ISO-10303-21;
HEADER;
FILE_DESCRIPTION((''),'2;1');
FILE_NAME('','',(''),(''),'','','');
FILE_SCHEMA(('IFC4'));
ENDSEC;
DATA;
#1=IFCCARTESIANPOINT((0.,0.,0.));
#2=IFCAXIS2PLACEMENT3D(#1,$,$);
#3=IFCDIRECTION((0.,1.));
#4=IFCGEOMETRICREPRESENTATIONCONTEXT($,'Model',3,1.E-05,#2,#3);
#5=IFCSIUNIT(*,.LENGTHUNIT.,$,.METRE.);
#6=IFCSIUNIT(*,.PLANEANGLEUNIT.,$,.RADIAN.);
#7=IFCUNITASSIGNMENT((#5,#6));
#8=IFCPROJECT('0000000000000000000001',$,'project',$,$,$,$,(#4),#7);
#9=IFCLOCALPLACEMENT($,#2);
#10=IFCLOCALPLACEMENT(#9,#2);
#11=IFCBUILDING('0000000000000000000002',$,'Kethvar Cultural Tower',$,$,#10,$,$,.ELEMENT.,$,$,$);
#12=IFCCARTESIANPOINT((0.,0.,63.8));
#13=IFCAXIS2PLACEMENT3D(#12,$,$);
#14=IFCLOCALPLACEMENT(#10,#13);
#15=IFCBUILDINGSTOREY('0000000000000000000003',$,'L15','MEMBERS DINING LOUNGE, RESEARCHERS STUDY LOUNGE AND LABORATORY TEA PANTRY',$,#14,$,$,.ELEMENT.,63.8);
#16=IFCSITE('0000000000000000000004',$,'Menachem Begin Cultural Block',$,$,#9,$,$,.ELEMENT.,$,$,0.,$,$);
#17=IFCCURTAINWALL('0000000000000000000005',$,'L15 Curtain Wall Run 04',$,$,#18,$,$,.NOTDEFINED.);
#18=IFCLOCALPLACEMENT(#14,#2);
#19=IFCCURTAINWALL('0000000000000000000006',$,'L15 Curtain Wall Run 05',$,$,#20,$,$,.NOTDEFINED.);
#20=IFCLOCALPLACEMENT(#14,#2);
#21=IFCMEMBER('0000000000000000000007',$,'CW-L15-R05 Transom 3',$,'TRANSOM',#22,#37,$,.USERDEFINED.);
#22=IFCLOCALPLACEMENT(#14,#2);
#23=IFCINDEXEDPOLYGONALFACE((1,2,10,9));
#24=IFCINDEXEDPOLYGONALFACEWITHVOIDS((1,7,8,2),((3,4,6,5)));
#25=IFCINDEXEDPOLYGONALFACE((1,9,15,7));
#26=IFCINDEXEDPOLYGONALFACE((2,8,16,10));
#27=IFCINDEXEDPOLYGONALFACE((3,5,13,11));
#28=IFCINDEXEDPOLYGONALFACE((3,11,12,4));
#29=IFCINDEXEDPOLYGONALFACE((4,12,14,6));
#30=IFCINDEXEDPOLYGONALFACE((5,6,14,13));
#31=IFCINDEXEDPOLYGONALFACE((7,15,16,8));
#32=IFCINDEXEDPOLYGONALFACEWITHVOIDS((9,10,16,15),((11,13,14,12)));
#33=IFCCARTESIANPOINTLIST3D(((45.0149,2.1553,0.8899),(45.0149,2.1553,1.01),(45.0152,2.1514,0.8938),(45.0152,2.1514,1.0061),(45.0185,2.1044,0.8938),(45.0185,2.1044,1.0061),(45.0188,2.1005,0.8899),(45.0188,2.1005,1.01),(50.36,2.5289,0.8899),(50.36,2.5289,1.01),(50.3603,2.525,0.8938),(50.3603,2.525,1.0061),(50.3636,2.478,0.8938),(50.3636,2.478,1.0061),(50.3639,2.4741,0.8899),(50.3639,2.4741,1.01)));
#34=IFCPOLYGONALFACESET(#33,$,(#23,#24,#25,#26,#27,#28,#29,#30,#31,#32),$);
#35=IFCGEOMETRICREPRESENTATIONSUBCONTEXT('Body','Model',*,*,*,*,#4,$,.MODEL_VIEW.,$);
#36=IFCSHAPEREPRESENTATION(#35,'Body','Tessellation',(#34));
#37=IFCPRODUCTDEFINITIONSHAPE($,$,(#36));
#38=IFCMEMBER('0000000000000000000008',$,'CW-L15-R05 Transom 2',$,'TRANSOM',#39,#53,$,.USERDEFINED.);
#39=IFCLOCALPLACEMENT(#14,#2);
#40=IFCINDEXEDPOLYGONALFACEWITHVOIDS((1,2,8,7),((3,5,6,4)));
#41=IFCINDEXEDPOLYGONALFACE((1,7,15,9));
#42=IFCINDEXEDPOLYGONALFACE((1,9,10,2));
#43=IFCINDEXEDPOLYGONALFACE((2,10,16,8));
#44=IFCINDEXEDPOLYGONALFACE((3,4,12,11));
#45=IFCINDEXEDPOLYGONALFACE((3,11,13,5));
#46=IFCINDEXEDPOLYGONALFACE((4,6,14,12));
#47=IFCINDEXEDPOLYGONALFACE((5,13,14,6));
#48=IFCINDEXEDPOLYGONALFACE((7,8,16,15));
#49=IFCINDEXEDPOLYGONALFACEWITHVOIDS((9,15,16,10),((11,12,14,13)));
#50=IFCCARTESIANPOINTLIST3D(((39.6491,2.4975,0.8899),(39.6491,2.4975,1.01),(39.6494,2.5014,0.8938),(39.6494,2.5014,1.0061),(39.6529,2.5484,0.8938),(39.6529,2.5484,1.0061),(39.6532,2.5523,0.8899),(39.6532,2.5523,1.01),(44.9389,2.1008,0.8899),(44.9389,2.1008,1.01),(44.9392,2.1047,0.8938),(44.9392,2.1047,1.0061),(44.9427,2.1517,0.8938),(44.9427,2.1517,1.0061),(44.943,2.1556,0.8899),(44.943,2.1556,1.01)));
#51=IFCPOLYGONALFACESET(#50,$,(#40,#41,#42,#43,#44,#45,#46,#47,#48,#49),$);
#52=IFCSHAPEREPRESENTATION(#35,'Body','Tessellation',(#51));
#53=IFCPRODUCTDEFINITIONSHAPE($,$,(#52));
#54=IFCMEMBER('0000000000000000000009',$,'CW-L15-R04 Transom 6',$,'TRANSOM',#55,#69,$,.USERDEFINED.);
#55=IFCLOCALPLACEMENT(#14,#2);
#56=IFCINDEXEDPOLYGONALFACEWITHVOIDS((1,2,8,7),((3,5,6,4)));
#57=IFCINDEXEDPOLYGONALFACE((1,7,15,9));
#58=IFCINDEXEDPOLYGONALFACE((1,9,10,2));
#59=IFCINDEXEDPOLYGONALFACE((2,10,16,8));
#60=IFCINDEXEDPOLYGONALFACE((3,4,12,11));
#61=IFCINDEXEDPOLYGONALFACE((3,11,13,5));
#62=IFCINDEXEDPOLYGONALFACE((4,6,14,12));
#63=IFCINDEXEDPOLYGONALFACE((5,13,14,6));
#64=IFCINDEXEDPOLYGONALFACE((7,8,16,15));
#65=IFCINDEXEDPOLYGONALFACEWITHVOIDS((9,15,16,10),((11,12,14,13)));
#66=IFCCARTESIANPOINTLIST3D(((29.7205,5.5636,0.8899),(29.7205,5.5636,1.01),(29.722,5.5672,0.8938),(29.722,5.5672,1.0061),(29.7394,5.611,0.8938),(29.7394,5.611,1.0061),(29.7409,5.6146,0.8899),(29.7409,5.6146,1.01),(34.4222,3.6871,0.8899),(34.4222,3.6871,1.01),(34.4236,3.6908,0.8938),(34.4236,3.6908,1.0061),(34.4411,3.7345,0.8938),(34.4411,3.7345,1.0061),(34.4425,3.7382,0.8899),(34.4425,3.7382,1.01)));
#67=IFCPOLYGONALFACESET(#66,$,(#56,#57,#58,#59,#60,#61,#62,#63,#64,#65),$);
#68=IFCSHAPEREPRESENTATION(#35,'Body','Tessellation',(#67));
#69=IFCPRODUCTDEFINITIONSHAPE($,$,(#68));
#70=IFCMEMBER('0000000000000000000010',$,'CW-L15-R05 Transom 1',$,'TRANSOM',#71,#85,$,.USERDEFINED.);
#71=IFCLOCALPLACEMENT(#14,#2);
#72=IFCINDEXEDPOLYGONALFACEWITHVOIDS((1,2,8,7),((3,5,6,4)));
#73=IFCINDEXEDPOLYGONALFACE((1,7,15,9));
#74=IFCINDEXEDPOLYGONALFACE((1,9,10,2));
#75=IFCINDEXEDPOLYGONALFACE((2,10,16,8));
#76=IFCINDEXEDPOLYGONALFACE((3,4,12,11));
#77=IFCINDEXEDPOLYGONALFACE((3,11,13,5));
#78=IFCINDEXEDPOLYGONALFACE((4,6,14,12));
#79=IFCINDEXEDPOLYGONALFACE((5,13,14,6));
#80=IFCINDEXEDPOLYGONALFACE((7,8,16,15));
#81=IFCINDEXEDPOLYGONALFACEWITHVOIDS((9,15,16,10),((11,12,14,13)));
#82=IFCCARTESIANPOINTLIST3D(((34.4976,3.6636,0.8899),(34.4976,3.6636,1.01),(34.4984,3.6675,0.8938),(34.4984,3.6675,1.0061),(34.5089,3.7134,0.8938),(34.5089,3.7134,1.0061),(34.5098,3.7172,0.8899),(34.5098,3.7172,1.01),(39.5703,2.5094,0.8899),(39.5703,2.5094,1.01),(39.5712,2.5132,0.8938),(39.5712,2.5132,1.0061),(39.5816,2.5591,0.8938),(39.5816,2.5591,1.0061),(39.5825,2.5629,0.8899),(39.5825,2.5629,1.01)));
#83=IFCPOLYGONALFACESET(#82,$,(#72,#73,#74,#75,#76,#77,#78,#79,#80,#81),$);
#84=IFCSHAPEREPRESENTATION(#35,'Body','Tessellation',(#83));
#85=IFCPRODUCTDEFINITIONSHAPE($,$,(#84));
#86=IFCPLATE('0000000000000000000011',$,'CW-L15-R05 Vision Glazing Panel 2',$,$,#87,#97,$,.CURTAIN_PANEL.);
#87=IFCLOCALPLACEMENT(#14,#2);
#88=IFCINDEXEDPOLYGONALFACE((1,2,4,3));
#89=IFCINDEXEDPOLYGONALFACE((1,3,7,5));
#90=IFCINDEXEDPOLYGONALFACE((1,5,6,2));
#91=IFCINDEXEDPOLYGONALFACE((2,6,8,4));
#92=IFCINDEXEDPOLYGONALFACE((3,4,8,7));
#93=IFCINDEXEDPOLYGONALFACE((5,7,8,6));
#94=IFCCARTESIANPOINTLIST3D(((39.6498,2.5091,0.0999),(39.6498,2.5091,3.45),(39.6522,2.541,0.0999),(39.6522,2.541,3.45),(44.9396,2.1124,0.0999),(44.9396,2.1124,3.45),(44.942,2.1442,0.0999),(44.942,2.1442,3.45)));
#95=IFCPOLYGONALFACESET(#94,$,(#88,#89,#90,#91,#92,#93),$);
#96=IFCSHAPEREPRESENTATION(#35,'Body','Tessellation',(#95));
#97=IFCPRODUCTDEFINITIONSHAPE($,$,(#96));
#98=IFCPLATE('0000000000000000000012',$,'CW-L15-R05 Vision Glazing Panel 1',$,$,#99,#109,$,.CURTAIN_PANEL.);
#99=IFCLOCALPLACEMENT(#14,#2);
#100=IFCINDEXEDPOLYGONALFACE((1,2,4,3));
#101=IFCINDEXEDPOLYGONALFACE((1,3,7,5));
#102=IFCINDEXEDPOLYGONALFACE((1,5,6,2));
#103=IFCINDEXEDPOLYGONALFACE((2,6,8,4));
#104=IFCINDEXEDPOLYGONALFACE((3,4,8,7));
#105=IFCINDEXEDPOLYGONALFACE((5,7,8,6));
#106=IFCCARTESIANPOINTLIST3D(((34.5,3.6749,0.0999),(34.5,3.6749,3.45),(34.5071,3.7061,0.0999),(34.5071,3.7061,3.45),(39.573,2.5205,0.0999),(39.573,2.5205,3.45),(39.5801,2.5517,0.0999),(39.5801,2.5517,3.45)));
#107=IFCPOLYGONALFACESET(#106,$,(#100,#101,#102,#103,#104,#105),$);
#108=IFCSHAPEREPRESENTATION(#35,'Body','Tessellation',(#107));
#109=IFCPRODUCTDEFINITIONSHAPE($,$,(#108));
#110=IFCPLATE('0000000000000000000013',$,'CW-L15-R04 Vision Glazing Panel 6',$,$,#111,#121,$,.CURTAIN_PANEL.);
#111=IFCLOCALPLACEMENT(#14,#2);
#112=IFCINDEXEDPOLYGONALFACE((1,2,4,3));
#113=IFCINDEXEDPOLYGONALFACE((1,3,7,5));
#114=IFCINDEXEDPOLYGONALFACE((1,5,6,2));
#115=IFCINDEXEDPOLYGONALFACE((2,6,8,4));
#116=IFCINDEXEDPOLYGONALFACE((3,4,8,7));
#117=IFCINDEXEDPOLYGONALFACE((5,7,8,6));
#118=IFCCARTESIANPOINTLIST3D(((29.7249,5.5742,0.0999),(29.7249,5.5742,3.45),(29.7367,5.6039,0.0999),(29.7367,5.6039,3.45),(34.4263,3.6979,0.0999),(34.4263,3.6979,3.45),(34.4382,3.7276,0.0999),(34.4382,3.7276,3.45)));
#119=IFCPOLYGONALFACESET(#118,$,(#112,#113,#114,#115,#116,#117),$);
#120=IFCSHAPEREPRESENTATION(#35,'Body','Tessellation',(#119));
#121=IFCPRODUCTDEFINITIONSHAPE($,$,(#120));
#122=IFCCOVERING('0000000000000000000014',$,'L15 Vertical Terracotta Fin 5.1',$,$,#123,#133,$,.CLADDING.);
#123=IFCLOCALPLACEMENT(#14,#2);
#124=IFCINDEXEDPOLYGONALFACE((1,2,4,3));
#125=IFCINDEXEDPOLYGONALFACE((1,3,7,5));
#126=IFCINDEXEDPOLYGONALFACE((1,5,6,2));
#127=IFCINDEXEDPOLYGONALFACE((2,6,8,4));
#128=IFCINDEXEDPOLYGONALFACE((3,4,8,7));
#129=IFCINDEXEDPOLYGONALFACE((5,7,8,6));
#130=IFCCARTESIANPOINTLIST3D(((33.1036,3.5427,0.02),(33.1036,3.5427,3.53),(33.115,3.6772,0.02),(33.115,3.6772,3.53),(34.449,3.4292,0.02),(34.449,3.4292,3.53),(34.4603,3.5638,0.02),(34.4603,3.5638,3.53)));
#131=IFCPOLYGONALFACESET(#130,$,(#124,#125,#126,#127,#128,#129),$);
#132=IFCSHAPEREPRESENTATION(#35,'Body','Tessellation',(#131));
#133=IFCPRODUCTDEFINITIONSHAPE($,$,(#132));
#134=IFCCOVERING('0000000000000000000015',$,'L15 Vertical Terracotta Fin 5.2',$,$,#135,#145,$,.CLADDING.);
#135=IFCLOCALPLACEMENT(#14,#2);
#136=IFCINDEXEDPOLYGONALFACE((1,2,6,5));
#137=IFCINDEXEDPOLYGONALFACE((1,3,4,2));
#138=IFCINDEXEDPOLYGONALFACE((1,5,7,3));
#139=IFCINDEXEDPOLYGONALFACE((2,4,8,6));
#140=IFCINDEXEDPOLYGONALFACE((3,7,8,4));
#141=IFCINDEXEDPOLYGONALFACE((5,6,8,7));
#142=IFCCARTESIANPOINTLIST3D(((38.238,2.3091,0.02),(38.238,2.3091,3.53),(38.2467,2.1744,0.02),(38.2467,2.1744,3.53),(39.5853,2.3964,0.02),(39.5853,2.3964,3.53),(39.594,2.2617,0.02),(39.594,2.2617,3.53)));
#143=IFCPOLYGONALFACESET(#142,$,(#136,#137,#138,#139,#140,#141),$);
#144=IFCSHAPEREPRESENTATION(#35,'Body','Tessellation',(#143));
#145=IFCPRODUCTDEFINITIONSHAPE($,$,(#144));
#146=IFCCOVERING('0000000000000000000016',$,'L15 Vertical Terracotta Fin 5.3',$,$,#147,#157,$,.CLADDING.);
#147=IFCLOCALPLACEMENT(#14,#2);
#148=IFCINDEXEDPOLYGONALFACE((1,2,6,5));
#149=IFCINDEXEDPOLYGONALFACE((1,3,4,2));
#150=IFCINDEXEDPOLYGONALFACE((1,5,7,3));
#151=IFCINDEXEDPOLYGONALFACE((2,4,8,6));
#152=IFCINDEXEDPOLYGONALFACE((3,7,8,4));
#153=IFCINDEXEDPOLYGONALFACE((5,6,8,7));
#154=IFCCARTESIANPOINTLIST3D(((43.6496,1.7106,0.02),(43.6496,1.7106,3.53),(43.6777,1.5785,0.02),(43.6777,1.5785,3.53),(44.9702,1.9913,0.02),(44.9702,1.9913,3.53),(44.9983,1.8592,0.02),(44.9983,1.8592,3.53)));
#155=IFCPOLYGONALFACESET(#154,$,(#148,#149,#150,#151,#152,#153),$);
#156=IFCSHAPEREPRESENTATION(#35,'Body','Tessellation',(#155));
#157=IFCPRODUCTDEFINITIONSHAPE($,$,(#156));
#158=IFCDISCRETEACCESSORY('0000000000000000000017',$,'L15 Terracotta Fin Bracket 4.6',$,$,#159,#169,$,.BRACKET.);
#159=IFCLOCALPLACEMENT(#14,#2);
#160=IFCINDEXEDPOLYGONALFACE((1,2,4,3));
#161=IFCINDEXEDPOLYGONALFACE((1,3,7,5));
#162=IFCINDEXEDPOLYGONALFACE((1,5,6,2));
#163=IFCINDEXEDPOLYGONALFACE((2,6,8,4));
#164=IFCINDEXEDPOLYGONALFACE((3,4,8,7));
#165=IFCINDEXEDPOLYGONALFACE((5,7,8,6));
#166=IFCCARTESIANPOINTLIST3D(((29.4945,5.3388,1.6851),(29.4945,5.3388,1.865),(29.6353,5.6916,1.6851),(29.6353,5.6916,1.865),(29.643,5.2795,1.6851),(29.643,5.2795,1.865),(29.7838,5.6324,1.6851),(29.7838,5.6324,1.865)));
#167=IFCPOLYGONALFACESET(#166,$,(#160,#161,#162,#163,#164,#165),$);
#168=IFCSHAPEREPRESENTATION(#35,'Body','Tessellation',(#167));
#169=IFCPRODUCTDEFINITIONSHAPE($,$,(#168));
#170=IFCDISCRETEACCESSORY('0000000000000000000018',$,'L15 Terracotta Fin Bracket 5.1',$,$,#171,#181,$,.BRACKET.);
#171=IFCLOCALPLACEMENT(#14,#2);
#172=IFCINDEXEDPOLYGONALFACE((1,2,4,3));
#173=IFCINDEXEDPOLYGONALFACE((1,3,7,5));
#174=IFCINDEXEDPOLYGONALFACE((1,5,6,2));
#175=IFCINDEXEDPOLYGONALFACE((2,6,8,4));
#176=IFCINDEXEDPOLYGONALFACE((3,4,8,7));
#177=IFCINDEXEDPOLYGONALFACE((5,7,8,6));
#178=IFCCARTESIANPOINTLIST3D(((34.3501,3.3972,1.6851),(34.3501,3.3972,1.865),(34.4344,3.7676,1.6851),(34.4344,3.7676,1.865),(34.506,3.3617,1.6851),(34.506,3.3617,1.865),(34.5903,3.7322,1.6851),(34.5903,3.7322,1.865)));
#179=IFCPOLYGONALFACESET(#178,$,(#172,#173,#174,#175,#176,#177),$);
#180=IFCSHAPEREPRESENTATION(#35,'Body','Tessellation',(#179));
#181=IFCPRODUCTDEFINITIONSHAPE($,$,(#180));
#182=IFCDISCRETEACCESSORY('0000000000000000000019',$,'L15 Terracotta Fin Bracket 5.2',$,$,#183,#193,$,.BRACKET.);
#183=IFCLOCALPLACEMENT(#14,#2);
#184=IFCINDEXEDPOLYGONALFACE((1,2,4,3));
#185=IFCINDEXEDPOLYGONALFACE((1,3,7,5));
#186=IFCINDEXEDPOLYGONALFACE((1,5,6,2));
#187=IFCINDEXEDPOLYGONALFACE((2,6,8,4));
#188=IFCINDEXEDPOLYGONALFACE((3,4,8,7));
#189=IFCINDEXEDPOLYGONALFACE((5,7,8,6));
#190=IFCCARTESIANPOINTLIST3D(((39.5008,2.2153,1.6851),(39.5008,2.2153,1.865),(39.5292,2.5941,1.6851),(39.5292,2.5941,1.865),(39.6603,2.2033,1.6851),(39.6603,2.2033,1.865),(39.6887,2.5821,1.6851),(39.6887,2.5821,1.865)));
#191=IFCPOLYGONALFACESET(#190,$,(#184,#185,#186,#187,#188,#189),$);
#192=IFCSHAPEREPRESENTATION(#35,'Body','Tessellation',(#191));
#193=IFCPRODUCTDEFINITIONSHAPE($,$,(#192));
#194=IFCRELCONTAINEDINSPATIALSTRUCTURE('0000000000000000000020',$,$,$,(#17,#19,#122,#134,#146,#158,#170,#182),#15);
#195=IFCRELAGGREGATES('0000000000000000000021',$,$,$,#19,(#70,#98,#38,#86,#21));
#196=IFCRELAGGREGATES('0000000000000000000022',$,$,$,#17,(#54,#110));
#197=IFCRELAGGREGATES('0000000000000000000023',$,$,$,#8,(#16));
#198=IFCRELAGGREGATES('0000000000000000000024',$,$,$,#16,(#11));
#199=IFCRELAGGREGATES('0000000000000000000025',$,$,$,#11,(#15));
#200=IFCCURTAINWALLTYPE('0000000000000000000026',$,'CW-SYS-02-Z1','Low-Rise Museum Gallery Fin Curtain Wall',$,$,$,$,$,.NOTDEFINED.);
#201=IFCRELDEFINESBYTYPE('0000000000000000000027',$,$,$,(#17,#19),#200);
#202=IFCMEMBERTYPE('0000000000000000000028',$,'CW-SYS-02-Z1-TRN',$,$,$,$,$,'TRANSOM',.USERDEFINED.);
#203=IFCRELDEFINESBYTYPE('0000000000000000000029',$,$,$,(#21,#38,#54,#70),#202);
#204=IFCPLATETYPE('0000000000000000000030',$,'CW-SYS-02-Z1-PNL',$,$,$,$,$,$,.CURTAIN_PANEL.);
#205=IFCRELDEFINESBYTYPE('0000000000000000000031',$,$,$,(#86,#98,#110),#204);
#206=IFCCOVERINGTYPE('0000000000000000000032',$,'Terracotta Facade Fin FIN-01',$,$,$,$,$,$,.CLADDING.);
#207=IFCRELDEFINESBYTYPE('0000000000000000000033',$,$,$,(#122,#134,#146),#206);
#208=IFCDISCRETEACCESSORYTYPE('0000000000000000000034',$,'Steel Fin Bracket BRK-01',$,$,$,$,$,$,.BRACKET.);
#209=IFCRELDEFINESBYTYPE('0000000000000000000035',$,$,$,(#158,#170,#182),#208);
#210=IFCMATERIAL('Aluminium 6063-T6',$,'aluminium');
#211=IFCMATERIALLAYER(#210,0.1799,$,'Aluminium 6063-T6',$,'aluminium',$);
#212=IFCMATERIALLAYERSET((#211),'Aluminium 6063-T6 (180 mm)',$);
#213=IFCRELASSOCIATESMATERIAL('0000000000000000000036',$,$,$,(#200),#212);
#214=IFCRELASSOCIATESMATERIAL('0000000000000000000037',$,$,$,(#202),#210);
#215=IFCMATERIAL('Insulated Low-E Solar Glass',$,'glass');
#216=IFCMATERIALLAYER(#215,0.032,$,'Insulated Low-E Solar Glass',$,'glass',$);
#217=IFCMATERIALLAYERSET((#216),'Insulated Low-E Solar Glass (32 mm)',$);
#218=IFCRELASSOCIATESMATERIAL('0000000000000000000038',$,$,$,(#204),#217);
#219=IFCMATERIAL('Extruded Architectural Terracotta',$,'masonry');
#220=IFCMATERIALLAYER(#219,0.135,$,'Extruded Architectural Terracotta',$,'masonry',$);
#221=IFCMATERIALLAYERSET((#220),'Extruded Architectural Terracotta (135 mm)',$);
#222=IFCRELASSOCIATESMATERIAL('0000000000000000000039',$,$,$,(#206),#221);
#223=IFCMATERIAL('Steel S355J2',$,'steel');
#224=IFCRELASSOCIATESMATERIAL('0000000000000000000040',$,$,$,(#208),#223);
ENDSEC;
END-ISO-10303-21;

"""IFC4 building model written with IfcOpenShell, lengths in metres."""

from ifc_helpers import new_model, si_unit, direction, frame, origin, origin_2d, place, context, subcontext, project, spatial, rectangle, hollow_rectangle, extrude, source, transform, mapped, material, layer, layer_set, material_profile, profile_set, type_object, element, aggregate, save


model = new_model("IFC4")

# Units and contexts
model_context = context("Model", 3, precision=1e-05, world=origin(), true_north=direction((0.0, 1.0)))
body_context = subcontext(model_context, "Body", "Model", "MODEL_VIEW")
ifc_project = project(units=[si_unit("LENGTHUNIT", "METRE"), si_unit("PLANEANGLEUNIT", "RADIAN")], contexts=[model_context])

# Site, building, storey
site_placement = place(None, origin())
site = spatial("IfcSite", under=ifc_project, at=site_placement, Name="Menachem Begin Cultural Block", CompositionType="ELEMENT", RefElevation=0.0)
building_placement = place(site_placement, origin())
building = spatial("IfcBuilding", under=site, at=building_placement, Name="Kethvar Cultural Tower", CompositionType="ELEMENT")
storey_placement = place(building_placement, frame((0.0, 0.0, 63.8)))
storey = spatial("IfcBuildingStorey", under=building, at=storey_placement, Name="L15", Description="MEMBERS DINING LOUNGE, RESEARCHERS STUDY LOUNGE AND LABORATORY TEA PANTRY", CompositionType="ELEMENT", Elevation=63.8)

# Shared definitions
ifc_material_1 = material(Name="Steel S355J2", Category="steel")

# Curtain walls, members
ifc_material_2 = material(Name="Aluminium 6063-T6", Category="aluminium")
ifc_layer_1 = layer(ifc_material_2, 0.1799, Name="Aluminium 6063-T6", Category="aluminium")
ifc_layer_set_1 = layer_set([ifc_layer_1], Name="Aluminium 6063-T6 (180 mm)")
curtain_wall_type = type_object("IfcCurtainWallType", Name="CW-SYS-02-Z1", Description="Low-Rise Museum Gallery Fin Curtain Wall", PredefinedType="NOTDEFINED", material=ifc_layer_set_1)
curtain_wall_1_placement = place(storey_placement, origin())
curtain_wall_1 = element("IfcCurtainWall", 1, at=curtain_wall_1_placement, inside=storey, type_object=curtain_wall_type, Name="L15 Curtain Wall Run 04", PredefinedType="NOTDEFINED")
curtain_wall_2_placement = place(storey_placement, origin())
curtain_wall_2 = element("IfcCurtainWall", 2, at=curtain_wall_2_placement, inside=storey, type_object=curtain_wall_type, Name="L15 Curtain Wall Run 05", PredefinedType="NOTDEFINED")
ifc_material_profile_1 = material_profile(ifc_material_2, hollow_rectangle(XDim=0.0549, YDim=0.1201, WallThickness=0.0039, at=origin_2d()), Name="Aluminium 6063-T6 — RHS120x55x4")
ifc_profile_set_1 = profile_set([ifc_material_profile_1], Name="Aluminium 6063-T6 — RHS120x55x4")
member_type_1 = type_object("IfcMemberType", Name="CW-SYS-02-Z1-TRN", ElementType="TRANSOM", PredefinedType="USERDEFINED", material=ifc_profile_set_1)
shared_shape_1 = source(origin(), body_context, "Body", "SweptSolid", [
    extrude(hollow_rectangle(XDim=0.0549, YDim=0.1201, WallThickness=0.0039, at=origin_2d()), origin(), (0.0, 0.0, 1.0), 5.3582),
])
member_1_placement = place(storey_placement, frame((45.0168, 2.1279, 0.95), z_axis=(0.997567, 0.069712, 0.0), x_axis=(-0.069712, 0.997567, 0.0)))
member_1 = element("IfcMember", 3, at=member_1_placement, type_object=member_type_1, Name="CW-L15-R05 Transom 3", ObjectType="TRANSOM", PredefinedType="USERDEFINED", context=body_context, shape_type="MappedRepresentation", body=[
    mapped(shared_shape_1, transform((0.0, 0.0, 0.0), scale=1.0)),
])
shared_shape_2 = source(origin(), body_context, "Body", "SweptSolid", [
    extrude(hollow_rectangle(XDim=0.0549, YDim=0.1201, WallThickness=0.0039, at=origin_2d()), origin(), (0.0, 0.0, 1.0), 5.3047),
])
member_2_placement = place(storey_placement, frame((39.6511, 2.5249, 0.95), z_axis=(0.997199, -0.074789, 0.0), x_axis=(0.074789, 0.997199, 0.0)))
member_2 = element("IfcMember", 4, at=member_2_placement, type_object=member_type_1, Name="CW-L15-R05 Transom 2", ObjectType="TRANSOM", PredefinedType="USERDEFINED", context=body_context, shape_type="MappedRepresentation", body=[
    mapped(shared_shape_2, transform((0.0, 0.0, 0.0), scale=1.0)),
])

# Members
shared_shape_3 = source(origin(), body_context, "Body", "SweptSolid", [
    extrude(hollow_rectangle(XDim=0.0549, YDim=0.1201, WallThickness=0.0039, at=origin_2d()), origin(), (0.0, 0.0, 1.0), 5.0623),
])
member_3_placement = place(storey_placement, frame((29.7307, 5.5891, 0.95), z_axis=(0.928762, -0.370675, 0.0), x_axis=(0.370675, 0.928762, 0.0)))
member_3 = element("IfcMember", 5, at=member_3_placement, type_object=member_type_1, Name="CW-L15-R04 Transom 6", ObjectType="TRANSOM", PredefinedType="USERDEFINED", context=body_context, shape_type="MappedRepresentation", body=[
    mapped(shared_shape_3, transform((0.0, 0.0, 0.0), scale=1.0)),
])
shared_shape_4 = source(origin(), body_context, "Body", "SweptSolid", [
    extrude(hollow_rectangle(XDim=0.0549, YDim=0.1201, WallThickness=0.0039, at=origin_2d()), origin(), (0.0, 0.0, 1.0), 5.2024),
])
member_4_placement = place(storey_placement, frame((34.5037, 3.6904, 0.95), z_axis=(0.975075, -0.221877, 0.0), x_axis=(0.221877, 0.975075, 0.0)))
member_4 = element("IfcMember", 6, at=member_4_placement, type_object=member_type_1, Name="CW-L15-R05 Transom 1", ObjectType="TRANSOM", PredefinedType="USERDEFINED", context=body_context, shape_type="MappedRepresentation", body=[
    mapped(shared_shape_4, transform((0.0, 0.0, 0.0), scale=1.0)),
])

# Plates
ifc_material_3 = material(Name="Insulated Low-E Solar Glass", Category="glass")
ifc_layer_2 = layer(ifc_material_3, 0.032, Name="Insulated Low-E Solar Glass", Category="glass")
ifc_layer_set_2 = layer_set([ifc_layer_2], Name="Insulated Low-E Solar Glass (32 mm)")
plate_type = type_object("IfcPlateType", Name="CW-SYS-02-Z1-PNL", PredefinedType="CURTAIN_PANEL", material=ifc_layer_set_2)
shared_shape_5 = source(origin(), body_context, "Body", "SweptSolid", [
    extrude(rectangle(XDim=5.3047, YDim=0.032, at=origin_2d()), origin(), (0.0, 0.0, 1.0), 3.3501),
])
plate_1_placement = place(storey_placement, frame((42.2959, 2.3267, 0.0999), z_axis=(0.0, 0.0, 1.0), x_axis=(0.9972, -0.074787, 0.0)))
plate_1 = element("IfcPlate", 7, at=plate_1_placement, type_object=plate_type, Name="CW-L15-R05 Vision Glazing Panel 2", PredefinedType="CURTAIN_PANEL", context=body_context, shape_type="MappedRepresentation", body=[
    mapped(shared_shape_5, transform((0.0, 0.0, 0.0), scale=1.0)),
])
shared_shape_6 = source(origin(), body_context, "Body", "SweptSolid", [
    extrude(rectangle(XDim=5.2026, YDim=0.032, at=origin_2d()), origin(), (0.0, 0.0, 1.0), 3.3501),
])
plate_2_placement = place(storey_placement, frame((37.04, 3.1133, 0.0999), z_axis=(0.0, 0.0, 1.0), x_axis=(0.975072, -0.221889, 0.0)))
plate_2 = element("IfcPlate", 8, at=plate_2_placement, type_object=plate_type, Name="CW-L15-R05 Vision Glazing Panel 1", PredefinedType="CURTAIN_PANEL", context=body_context, shape_type="MappedRepresentation", body=[
    mapped(shared_shape_6, transform((0.0, 0.0, 0.0), scale=1.0)),
])
aggregate(curtain_wall_2, [member_4, plate_2, member_2, plate_1, member_1])
shared_shape_7 = source(origin(), body_context, "Body", "SweptSolid", [
    extrude(rectangle(XDim=5.062, YDim=0.032, at=origin_2d()), origin(), (0.0, 0.0, 1.0), 3.3501),
])
plate_3_placement = place(storey_placement, frame((32.0815, 4.6509, 0.0999), z_axis=(0.0, 0.0, 1.0), x_axis=(0.928771, -0.370655, 0.0)))
plate_3 = element("IfcPlate", 9, at=plate_3_placement, type_object=plate_type, Name="CW-L15-R04 Vision Glazing Panel 6", PredefinedType="CURTAIN_PANEL", context=body_context, shape_type="MappedRepresentation", body=[
    mapped(shared_shape_7, transform((0.0, 0.0, 0.0), scale=1.0)),
])
aggregate(curtain_wall_1, [member_3, plate_3])

# Coverings
ifc_material_4 = material(Name="Extruded Architectural Terracotta", Category="masonry")
ifc_layer_3 = layer(ifc_material_4, 0.135, Name="Extruded Architectural Terracotta", Category="masonry")
ifc_layer_set_3 = layer_set([ifc_layer_3], Name="Extruded Architectural Terracotta (135 mm)")
covering_type = type_object("IfcCoveringType", Name="Terracotta Facade Fin FIN-01", PredefinedType="CLADDING", material=ifc_layer_set_3)
shared_shape_8 = source(origin(), body_context, "Body", "SweptSolid", [
    extrude(rectangle(XDim=1.3501, YDim=0.135, at=origin_2d()), origin(), (0.0, 0.0, 1.0), 3.51),
])
for number, where, z_axis, x_axis, name in (
    (10, (33.782, 3.5532, 0.02), (0.0, 0.0, 1.0), (-0.996464, 0.084026, 0.0), "L15 Vertical Terracotta Fin 5.1"),
    (11, (38.916, 2.2854, 0.02), (0.0, 0.0, 1.0), (-0.997904, -0.064706, 0.0), "L15 Vertical Terracotta Fin 5.2"),
    (12, (44.324, 1.7849, 0.02), (0.0, 0.0, 1.0), (-0.978148, -0.207912, 0.0), "L15 Vertical Terracotta Fin 5.3"),
):
    element("IfcCovering", number, at=place(storey_placement, frame(where, z_axis=z_axis, x_axis=x_axis)), inside=storey, type_object=covering_type, Name=name, PredefinedType="CLADDING", context=body_context, shape_type="MappedRepresentation", body=[
        mapped(shared_shape_8, transform((0.0, 0.0, 0.0), scale=1.0)),
    ])

# Discrete accessories
discrete_accessory_type = type_object("IfcDiscreteAccessoryType", Name="Steel Fin Bracket BRK-01", PredefinedType="BRACKET", material=ifc_material_1)
shared_shape_9 = source(origin(), body_context, "Body", "SweptSolid", [
    extrude(rectangle(XDim=0.3799, YDim=0.1599, at=origin_2d()), origin(), (0.0, 0.0, 1.0), 0.1799),
])
for number, where, z_axis, x_axis, name in (
    (13, (29.6392, 5.4856, 1.6851), (0.0, 0.0, 1.0), (-0.37072, -0.928745, 0.0), "L15 Terracotta Fin Bracket 4.6"),
    (14, (34.4702, 3.5647, 1.6851), (0.0, 0.0, 1.0), (-0.221889, -0.975072, 0.0), "L15 Terracotta Fin Bracket 5.1"),
    (15, (39.5947, 2.3987, 1.6851), (0.0, 0.0, 1.0), (-0.074805, -0.997198, 0.0), "L15 Terracotta Fin Bracket 5.2"),
):
    element("IfcDiscreteAccessory", number, at=place(storey_placement, frame(where, z_axis=z_axis, x_axis=x_axis)), inside=storey, type_object=discrete_accessory_type, Name=name, PredefinedType="BRACKET", context=body_context, shape_type="MappedRepresentation", body=[
        mapped(shared_shape_9, transform((0.0, 0.0, 0.0), scale=1.0)),
    ])

save(model, "model.ifc")
